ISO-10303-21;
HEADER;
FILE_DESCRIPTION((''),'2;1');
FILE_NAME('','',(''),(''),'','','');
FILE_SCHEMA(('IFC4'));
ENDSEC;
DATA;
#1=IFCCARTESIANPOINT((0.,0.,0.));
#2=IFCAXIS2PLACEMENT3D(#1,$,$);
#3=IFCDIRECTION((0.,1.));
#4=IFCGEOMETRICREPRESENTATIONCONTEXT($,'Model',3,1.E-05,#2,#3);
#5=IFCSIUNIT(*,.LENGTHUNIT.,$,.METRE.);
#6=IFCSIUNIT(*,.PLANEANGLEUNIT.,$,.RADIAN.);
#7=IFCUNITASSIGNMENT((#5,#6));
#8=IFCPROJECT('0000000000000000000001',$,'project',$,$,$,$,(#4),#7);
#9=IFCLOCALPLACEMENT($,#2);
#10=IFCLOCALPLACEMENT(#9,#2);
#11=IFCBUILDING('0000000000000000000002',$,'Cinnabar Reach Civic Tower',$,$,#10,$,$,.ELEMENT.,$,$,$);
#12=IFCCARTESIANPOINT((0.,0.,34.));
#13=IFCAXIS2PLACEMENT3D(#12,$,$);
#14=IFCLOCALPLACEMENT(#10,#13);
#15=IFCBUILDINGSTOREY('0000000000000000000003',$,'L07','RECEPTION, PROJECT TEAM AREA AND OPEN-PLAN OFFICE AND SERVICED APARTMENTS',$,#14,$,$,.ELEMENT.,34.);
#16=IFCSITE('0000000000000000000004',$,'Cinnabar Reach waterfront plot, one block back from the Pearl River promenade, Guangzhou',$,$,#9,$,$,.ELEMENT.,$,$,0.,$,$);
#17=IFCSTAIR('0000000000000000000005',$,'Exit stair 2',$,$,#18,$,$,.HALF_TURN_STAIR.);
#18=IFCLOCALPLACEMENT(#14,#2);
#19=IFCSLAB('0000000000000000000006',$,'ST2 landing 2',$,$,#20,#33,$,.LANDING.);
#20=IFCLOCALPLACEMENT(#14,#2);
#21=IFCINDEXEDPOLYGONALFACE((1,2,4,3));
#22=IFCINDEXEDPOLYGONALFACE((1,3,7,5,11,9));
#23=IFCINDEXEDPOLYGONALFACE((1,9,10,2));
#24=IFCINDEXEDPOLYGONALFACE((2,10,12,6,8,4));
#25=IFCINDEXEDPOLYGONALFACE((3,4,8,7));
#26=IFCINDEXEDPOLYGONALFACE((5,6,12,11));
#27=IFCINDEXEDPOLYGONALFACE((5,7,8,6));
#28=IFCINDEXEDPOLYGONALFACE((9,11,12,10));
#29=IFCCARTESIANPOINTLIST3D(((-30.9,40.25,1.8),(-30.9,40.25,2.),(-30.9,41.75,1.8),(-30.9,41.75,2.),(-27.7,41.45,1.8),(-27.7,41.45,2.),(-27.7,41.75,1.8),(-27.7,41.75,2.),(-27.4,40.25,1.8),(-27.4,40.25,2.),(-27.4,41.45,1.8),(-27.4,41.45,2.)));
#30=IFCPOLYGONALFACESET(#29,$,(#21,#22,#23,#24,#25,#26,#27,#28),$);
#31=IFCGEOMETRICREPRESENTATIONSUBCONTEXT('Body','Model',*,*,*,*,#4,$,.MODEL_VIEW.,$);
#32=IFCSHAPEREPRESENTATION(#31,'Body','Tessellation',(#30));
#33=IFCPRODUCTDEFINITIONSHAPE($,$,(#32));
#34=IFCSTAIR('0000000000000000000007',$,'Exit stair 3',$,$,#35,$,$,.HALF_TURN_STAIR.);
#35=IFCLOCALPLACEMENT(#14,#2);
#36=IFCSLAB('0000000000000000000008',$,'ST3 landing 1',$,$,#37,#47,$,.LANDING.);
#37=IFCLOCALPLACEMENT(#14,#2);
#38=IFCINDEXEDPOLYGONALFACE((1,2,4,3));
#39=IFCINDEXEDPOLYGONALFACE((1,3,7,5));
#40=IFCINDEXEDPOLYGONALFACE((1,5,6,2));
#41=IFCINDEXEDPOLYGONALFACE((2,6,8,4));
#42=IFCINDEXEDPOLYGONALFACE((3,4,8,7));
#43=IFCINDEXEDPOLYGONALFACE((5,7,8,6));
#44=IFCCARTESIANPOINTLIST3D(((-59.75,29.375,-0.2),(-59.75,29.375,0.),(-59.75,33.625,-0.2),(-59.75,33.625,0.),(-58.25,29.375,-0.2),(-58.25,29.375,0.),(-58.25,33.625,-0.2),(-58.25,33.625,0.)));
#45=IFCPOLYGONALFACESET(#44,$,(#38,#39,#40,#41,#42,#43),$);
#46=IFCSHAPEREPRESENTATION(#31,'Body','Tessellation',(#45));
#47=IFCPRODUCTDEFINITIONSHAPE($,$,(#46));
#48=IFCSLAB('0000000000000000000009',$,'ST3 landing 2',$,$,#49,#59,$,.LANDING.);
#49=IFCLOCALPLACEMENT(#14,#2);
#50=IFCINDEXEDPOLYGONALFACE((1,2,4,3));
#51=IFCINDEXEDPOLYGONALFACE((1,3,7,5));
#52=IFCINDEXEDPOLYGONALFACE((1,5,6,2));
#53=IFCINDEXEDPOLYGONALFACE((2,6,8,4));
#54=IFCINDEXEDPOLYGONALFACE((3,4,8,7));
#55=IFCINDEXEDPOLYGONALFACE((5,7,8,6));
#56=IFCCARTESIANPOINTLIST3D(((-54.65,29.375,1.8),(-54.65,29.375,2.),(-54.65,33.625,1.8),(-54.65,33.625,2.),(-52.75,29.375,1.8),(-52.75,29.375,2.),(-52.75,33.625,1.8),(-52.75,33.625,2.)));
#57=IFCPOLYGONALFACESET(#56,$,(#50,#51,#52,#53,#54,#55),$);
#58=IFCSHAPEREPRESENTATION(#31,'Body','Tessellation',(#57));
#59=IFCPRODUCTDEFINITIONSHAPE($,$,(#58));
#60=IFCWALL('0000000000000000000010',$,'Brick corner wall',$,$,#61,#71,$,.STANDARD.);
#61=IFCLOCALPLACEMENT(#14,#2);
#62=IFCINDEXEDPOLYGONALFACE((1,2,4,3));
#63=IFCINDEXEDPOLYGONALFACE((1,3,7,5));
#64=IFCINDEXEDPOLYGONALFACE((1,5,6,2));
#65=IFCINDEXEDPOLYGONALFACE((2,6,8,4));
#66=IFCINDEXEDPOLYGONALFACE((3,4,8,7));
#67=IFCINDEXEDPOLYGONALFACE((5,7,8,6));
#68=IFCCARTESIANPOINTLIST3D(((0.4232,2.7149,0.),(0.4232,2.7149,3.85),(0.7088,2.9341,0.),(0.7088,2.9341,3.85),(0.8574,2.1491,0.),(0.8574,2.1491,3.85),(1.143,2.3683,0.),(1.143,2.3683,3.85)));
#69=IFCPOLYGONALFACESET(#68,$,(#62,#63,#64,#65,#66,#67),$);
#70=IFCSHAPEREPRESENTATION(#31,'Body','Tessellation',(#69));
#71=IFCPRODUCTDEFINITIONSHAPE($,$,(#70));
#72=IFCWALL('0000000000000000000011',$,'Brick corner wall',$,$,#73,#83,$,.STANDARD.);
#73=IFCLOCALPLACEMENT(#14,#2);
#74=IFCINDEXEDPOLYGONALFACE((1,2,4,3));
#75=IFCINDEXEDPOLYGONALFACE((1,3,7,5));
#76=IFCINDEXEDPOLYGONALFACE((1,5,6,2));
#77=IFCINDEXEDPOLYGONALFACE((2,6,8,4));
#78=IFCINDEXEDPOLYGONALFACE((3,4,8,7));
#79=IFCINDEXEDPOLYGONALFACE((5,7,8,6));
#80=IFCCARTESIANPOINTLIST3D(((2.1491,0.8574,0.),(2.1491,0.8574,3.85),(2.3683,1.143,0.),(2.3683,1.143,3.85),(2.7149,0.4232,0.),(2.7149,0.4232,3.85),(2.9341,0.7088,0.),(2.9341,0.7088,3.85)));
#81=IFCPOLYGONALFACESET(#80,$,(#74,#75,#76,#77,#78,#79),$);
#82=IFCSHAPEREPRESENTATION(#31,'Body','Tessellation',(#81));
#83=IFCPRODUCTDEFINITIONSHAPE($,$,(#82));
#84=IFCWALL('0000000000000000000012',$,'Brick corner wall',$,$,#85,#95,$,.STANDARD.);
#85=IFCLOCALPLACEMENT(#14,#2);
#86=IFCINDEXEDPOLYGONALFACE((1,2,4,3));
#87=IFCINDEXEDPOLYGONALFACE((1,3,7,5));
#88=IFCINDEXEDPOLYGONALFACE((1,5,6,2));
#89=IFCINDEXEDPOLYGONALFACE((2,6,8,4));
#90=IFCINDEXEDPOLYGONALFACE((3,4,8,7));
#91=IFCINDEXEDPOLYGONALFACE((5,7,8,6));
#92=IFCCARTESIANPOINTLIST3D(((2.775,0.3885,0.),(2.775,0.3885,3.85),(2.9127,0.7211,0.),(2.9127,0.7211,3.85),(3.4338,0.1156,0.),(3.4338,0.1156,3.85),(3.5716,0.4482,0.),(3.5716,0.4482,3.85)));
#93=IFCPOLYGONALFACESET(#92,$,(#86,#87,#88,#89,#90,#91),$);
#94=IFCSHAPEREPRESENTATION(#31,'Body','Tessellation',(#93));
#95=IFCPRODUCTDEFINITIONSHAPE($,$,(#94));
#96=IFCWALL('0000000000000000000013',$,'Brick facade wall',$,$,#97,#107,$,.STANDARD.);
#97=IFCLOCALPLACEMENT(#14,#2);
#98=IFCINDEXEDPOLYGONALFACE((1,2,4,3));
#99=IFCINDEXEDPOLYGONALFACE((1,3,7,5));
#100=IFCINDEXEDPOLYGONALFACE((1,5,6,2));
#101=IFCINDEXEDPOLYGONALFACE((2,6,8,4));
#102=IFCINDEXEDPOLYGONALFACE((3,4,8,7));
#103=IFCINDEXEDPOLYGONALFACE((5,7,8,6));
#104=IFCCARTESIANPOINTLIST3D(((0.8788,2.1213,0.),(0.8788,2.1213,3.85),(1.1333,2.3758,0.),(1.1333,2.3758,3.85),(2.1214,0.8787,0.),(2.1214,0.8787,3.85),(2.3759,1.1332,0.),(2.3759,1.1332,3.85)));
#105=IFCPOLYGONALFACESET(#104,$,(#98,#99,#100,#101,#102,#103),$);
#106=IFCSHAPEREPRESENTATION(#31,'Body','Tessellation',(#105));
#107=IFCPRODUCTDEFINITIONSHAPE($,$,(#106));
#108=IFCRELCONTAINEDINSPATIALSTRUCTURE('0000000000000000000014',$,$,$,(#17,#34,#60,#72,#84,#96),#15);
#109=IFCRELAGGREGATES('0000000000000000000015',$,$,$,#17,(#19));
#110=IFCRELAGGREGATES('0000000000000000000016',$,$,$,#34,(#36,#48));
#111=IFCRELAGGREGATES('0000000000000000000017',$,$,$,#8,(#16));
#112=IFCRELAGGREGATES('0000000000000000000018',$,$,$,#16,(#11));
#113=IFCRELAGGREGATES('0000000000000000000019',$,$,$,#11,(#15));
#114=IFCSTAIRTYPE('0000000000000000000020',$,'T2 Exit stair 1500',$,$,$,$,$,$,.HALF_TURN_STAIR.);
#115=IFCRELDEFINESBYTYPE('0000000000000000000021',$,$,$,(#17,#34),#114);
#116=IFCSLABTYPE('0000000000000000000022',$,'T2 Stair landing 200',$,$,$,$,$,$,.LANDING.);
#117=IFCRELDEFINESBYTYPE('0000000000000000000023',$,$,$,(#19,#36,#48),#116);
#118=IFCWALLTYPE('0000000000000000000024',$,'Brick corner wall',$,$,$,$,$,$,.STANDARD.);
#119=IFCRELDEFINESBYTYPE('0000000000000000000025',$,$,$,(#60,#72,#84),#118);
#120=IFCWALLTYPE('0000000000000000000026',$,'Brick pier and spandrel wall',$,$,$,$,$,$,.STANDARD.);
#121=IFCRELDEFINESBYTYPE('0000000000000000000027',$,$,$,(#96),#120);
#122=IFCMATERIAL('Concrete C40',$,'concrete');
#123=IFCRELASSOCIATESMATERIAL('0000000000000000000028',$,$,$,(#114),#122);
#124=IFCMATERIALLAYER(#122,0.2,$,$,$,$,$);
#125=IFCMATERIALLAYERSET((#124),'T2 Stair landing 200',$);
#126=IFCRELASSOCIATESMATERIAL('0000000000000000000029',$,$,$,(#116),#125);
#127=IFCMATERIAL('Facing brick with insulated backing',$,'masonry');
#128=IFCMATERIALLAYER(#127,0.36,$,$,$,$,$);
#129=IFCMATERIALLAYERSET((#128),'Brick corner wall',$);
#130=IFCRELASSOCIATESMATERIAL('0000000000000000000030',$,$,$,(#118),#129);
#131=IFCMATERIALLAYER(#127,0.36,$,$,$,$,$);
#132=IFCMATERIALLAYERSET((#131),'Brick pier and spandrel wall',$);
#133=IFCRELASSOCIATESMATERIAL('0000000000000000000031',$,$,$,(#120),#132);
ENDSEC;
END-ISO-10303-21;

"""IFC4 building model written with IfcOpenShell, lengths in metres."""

from ifc_helpers import new_model, si_unit, direction, frame, frame_2d, origin, place, context, subcontext, project, spatial, polyline, rectangle, outline, extrude, material, layer, layer_set, type_object, element, aggregate, save


model = new_model("IFC4")

# Units and contexts
model_context = context("Model", 3, precision=1e-05, world=origin(), true_north=direction((0.0, 1.0)))
body_context = subcontext(model_context, "Body", "Model", "MODEL_VIEW")
ifc_project = project(units=[si_unit("LENGTHUNIT", "METRE"), si_unit("PLANEANGLEUNIT", "RADIAN")], contexts=[model_context])

# Site, building, storey
site_placement = place(None, origin())
site = spatial("IfcSite", under=ifc_project, at=site_placement, Name="Cinnabar Reach waterfront plot, one block back from the Pearl River promenade, Guangzhou", CompositionType="ELEMENT", RefElevation=0.0)
building_placement = place(site_placement, origin())
building = spatial("IfcBuilding", under=site, at=building_placement, Name="Cinnabar Reach Civic Tower", CompositionType="ELEMENT")
storey_placement = place(building_placement, frame((0.0, 0.0, 34.0)))
storey = spatial("IfcBuildingStorey", under=building, at=storey_placement, Name="L07", Description="RECEPTION, PROJECT TEAM AREA AND OPEN-PLAN OFFICE AND SERVICED APARTMENTS", CompositionType="ELEMENT", Elevation=34.0)

# Shared definitions
ifc_material_1 = material(Name="Concrete C40", Category="concrete")

# Stairs, slabs
stair_type_1 = type_object("IfcStairType", Name="T2 Exit stair 1500", PredefinedType="HALF_TURN_STAIR", material=ifc_material_1)
ifc_layer_1 = layer(ifc_material_1, 0.2)
ifc_layer_set_1 = layer_set([ifc_layer_1], Name="T2 Stair landing 200")
slab_type_1 = type_object("IfcSlabType", Name="T2 Stair landing 200", PredefinedType="LANDING", material=ifc_layer_set_1)
stair_1_placement = place(storey_placement, origin())
stair_1 = element("IfcStair", 1, at=stair_1_placement, inside=storey, type_object=stair_type_1, Name="Exit stair 2", PredefinedType="HALF_TURN_STAIR")
slab_1_placement = place(storey_placement, frame((0.0, 0.0, 1.8)))
slab_1 = element("IfcSlab", 2, at=slab_1_placement, type_object=slab_type_1, Name="ST2 landing 2", PredefinedType="LANDING", context=body_context, shape_type="SweptSolid", body=[
    extrude(outline(polyline([(-27.4, 40.25), (-30.9, 40.25), (-30.9, 41.75), (-27.7, 41.75), (-27.7, 41.45), (-27.4, 41.45), (-27.4, 40.25)])), origin(), (0.0, 0.0, 1.0), 0.2),
])
aggregate(stair_1, [slab_1])
stair_2_placement = place(storey_placement, origin())
stair_2 = element("IfcStair", 3, at=stair_2_placement, inside=storey, type_object=stair_type_1, Name="Exit stair 3", PredefinedType="HALF_TURN_STAIR")
slab_2_placement = place(storey_placement, frame((0.0, 0.0, -0.2)))
slab_2 = element("IfcSlab", 4, at=slab_2_placement, type_object=slab_type_1, Name="ST3 landing 1", PredefinedType="LANDING", context=body_context, shape_type="SweptSolid", body=[
    extrude(outline(polyline([(-59.75, 29.375), (-59.75, 33.625), (-58.25, 33.625), (-58.25, 29.375), (-59.75, 29.375)])), origin(), (0.0, 0.0, 1.0), 0.2),
])
slab_3_placement = place(storey_placement, frame((0.0, 0.0, 1.8)))
slab_3 = element("IfcSlab", 5, at=slab_3_placement, type_object=slab_type_1, Name="ST3 landing 2", PredefinedType="LANDING", context=body_context, shape_type="SweptSolid", body=[
    extrude(outline(polyline([(-54.65, 29.375), (-54.65, 33.625), (-52.75, 33.625), (-52.75, 29.375), (-54.65, 29.375)])), origin(), (0.0, 0.0, 1.0), 0.2),
])
aggregate(stair_2, [slab_2, slab_3])

# Walls
ifc_material_2 = material(Name="Facing brick with insulated backing", Category="masonry")
ifc_layer_2 = layer(ifc_material_2, 0.36)
ifc_layer_set_2 = layer_set([ifc_layer_2], Name="Brick corner wall")
wall_type_1 = type_object("IfcWallType", Name="Brick corner wall", PredefinedType="STANDARD", material=ifc_layer_set_2)
for number, where, z_axis, x_axis, name in (
    (6, (0.566, 2.8245, 0.0), (0.0, 0.0, 1.0), (0.608802, -0.793322, 0.0), "Brick corner wall"),
    (7, (2.2587, 1.0002, 0.0), (0.0, 0.0, 1.0), (0.793322, -0.608802, 0.0), "Brick corner wall"),
):
    element("IfcWall", number, at=place(storey_placement, frame(where, z_axis=z_axis, x_axis=x_axis)), inside=storey, type_object=wall_type_1, Name=name, PredefinedType="STANDARD", context=body_context, shape_type="SweptSolid", body=[
        extrude(rectangle(XDim=0.7132, YDim=0.36, at=frame_2d((0.3566, 0.0))), origin(), (0.0, 0.0, 1.0), 3.85),
    ])
wall_1_placement = place(storey_placement, frame((2.8439, 0.5548, 0.0), z_axis=(0.0, 0.0, 1.0), x_axis=(0.923872, -0.382703, 0.0)))
element("IfcWall", 8, at=wall_1_placement, inside=storey, type_object=wall_type_1, Name="Brick corner wall", PredefinedType="STANDARD", context=body_context, shape_type="SweptSolid", body=[
    extrude(rectangle(XDim=0.7131, YDim=0.36, at=frame_2d((0.3565, 0.0))), origin(), (0.0, 0.0, 1.0), 3.85),
])
ifc_layer_3 = layer(ifc_material_2, 0.36)
ifc_layer_set_3 = layer_set([ifc_layer_3], Name="Brick pier and spandrel wall")
wall_type_2 = type_object("IfcWallType", Name="Brick pier and spandrel wall", PredefinedType="STANDARD", material=ifc_layer_set_3)
wall_2_placement = place(storey_placement, frame((1.006, 2.2486, 0.0), z_axis=(0.0, 0.0, 1.0), x_axis=(0.707107, -0.707107, 0.0)))
element("IfcWall", 9, at=wall_2_placement, inside=storey, type_object=wall_type_2, Name="Brick facade wall", PredefinedType="STANDARD", context=body_context, shape_type="SweptSolid", body=[
    extrude(rectangle(XDim=1.7573, YDim=0.36, at=frame_2d((0.8787, 0.0))), origin(), (0.0, 0.0, 1.0), 3.85),
])

save(model, "model.ifc")
